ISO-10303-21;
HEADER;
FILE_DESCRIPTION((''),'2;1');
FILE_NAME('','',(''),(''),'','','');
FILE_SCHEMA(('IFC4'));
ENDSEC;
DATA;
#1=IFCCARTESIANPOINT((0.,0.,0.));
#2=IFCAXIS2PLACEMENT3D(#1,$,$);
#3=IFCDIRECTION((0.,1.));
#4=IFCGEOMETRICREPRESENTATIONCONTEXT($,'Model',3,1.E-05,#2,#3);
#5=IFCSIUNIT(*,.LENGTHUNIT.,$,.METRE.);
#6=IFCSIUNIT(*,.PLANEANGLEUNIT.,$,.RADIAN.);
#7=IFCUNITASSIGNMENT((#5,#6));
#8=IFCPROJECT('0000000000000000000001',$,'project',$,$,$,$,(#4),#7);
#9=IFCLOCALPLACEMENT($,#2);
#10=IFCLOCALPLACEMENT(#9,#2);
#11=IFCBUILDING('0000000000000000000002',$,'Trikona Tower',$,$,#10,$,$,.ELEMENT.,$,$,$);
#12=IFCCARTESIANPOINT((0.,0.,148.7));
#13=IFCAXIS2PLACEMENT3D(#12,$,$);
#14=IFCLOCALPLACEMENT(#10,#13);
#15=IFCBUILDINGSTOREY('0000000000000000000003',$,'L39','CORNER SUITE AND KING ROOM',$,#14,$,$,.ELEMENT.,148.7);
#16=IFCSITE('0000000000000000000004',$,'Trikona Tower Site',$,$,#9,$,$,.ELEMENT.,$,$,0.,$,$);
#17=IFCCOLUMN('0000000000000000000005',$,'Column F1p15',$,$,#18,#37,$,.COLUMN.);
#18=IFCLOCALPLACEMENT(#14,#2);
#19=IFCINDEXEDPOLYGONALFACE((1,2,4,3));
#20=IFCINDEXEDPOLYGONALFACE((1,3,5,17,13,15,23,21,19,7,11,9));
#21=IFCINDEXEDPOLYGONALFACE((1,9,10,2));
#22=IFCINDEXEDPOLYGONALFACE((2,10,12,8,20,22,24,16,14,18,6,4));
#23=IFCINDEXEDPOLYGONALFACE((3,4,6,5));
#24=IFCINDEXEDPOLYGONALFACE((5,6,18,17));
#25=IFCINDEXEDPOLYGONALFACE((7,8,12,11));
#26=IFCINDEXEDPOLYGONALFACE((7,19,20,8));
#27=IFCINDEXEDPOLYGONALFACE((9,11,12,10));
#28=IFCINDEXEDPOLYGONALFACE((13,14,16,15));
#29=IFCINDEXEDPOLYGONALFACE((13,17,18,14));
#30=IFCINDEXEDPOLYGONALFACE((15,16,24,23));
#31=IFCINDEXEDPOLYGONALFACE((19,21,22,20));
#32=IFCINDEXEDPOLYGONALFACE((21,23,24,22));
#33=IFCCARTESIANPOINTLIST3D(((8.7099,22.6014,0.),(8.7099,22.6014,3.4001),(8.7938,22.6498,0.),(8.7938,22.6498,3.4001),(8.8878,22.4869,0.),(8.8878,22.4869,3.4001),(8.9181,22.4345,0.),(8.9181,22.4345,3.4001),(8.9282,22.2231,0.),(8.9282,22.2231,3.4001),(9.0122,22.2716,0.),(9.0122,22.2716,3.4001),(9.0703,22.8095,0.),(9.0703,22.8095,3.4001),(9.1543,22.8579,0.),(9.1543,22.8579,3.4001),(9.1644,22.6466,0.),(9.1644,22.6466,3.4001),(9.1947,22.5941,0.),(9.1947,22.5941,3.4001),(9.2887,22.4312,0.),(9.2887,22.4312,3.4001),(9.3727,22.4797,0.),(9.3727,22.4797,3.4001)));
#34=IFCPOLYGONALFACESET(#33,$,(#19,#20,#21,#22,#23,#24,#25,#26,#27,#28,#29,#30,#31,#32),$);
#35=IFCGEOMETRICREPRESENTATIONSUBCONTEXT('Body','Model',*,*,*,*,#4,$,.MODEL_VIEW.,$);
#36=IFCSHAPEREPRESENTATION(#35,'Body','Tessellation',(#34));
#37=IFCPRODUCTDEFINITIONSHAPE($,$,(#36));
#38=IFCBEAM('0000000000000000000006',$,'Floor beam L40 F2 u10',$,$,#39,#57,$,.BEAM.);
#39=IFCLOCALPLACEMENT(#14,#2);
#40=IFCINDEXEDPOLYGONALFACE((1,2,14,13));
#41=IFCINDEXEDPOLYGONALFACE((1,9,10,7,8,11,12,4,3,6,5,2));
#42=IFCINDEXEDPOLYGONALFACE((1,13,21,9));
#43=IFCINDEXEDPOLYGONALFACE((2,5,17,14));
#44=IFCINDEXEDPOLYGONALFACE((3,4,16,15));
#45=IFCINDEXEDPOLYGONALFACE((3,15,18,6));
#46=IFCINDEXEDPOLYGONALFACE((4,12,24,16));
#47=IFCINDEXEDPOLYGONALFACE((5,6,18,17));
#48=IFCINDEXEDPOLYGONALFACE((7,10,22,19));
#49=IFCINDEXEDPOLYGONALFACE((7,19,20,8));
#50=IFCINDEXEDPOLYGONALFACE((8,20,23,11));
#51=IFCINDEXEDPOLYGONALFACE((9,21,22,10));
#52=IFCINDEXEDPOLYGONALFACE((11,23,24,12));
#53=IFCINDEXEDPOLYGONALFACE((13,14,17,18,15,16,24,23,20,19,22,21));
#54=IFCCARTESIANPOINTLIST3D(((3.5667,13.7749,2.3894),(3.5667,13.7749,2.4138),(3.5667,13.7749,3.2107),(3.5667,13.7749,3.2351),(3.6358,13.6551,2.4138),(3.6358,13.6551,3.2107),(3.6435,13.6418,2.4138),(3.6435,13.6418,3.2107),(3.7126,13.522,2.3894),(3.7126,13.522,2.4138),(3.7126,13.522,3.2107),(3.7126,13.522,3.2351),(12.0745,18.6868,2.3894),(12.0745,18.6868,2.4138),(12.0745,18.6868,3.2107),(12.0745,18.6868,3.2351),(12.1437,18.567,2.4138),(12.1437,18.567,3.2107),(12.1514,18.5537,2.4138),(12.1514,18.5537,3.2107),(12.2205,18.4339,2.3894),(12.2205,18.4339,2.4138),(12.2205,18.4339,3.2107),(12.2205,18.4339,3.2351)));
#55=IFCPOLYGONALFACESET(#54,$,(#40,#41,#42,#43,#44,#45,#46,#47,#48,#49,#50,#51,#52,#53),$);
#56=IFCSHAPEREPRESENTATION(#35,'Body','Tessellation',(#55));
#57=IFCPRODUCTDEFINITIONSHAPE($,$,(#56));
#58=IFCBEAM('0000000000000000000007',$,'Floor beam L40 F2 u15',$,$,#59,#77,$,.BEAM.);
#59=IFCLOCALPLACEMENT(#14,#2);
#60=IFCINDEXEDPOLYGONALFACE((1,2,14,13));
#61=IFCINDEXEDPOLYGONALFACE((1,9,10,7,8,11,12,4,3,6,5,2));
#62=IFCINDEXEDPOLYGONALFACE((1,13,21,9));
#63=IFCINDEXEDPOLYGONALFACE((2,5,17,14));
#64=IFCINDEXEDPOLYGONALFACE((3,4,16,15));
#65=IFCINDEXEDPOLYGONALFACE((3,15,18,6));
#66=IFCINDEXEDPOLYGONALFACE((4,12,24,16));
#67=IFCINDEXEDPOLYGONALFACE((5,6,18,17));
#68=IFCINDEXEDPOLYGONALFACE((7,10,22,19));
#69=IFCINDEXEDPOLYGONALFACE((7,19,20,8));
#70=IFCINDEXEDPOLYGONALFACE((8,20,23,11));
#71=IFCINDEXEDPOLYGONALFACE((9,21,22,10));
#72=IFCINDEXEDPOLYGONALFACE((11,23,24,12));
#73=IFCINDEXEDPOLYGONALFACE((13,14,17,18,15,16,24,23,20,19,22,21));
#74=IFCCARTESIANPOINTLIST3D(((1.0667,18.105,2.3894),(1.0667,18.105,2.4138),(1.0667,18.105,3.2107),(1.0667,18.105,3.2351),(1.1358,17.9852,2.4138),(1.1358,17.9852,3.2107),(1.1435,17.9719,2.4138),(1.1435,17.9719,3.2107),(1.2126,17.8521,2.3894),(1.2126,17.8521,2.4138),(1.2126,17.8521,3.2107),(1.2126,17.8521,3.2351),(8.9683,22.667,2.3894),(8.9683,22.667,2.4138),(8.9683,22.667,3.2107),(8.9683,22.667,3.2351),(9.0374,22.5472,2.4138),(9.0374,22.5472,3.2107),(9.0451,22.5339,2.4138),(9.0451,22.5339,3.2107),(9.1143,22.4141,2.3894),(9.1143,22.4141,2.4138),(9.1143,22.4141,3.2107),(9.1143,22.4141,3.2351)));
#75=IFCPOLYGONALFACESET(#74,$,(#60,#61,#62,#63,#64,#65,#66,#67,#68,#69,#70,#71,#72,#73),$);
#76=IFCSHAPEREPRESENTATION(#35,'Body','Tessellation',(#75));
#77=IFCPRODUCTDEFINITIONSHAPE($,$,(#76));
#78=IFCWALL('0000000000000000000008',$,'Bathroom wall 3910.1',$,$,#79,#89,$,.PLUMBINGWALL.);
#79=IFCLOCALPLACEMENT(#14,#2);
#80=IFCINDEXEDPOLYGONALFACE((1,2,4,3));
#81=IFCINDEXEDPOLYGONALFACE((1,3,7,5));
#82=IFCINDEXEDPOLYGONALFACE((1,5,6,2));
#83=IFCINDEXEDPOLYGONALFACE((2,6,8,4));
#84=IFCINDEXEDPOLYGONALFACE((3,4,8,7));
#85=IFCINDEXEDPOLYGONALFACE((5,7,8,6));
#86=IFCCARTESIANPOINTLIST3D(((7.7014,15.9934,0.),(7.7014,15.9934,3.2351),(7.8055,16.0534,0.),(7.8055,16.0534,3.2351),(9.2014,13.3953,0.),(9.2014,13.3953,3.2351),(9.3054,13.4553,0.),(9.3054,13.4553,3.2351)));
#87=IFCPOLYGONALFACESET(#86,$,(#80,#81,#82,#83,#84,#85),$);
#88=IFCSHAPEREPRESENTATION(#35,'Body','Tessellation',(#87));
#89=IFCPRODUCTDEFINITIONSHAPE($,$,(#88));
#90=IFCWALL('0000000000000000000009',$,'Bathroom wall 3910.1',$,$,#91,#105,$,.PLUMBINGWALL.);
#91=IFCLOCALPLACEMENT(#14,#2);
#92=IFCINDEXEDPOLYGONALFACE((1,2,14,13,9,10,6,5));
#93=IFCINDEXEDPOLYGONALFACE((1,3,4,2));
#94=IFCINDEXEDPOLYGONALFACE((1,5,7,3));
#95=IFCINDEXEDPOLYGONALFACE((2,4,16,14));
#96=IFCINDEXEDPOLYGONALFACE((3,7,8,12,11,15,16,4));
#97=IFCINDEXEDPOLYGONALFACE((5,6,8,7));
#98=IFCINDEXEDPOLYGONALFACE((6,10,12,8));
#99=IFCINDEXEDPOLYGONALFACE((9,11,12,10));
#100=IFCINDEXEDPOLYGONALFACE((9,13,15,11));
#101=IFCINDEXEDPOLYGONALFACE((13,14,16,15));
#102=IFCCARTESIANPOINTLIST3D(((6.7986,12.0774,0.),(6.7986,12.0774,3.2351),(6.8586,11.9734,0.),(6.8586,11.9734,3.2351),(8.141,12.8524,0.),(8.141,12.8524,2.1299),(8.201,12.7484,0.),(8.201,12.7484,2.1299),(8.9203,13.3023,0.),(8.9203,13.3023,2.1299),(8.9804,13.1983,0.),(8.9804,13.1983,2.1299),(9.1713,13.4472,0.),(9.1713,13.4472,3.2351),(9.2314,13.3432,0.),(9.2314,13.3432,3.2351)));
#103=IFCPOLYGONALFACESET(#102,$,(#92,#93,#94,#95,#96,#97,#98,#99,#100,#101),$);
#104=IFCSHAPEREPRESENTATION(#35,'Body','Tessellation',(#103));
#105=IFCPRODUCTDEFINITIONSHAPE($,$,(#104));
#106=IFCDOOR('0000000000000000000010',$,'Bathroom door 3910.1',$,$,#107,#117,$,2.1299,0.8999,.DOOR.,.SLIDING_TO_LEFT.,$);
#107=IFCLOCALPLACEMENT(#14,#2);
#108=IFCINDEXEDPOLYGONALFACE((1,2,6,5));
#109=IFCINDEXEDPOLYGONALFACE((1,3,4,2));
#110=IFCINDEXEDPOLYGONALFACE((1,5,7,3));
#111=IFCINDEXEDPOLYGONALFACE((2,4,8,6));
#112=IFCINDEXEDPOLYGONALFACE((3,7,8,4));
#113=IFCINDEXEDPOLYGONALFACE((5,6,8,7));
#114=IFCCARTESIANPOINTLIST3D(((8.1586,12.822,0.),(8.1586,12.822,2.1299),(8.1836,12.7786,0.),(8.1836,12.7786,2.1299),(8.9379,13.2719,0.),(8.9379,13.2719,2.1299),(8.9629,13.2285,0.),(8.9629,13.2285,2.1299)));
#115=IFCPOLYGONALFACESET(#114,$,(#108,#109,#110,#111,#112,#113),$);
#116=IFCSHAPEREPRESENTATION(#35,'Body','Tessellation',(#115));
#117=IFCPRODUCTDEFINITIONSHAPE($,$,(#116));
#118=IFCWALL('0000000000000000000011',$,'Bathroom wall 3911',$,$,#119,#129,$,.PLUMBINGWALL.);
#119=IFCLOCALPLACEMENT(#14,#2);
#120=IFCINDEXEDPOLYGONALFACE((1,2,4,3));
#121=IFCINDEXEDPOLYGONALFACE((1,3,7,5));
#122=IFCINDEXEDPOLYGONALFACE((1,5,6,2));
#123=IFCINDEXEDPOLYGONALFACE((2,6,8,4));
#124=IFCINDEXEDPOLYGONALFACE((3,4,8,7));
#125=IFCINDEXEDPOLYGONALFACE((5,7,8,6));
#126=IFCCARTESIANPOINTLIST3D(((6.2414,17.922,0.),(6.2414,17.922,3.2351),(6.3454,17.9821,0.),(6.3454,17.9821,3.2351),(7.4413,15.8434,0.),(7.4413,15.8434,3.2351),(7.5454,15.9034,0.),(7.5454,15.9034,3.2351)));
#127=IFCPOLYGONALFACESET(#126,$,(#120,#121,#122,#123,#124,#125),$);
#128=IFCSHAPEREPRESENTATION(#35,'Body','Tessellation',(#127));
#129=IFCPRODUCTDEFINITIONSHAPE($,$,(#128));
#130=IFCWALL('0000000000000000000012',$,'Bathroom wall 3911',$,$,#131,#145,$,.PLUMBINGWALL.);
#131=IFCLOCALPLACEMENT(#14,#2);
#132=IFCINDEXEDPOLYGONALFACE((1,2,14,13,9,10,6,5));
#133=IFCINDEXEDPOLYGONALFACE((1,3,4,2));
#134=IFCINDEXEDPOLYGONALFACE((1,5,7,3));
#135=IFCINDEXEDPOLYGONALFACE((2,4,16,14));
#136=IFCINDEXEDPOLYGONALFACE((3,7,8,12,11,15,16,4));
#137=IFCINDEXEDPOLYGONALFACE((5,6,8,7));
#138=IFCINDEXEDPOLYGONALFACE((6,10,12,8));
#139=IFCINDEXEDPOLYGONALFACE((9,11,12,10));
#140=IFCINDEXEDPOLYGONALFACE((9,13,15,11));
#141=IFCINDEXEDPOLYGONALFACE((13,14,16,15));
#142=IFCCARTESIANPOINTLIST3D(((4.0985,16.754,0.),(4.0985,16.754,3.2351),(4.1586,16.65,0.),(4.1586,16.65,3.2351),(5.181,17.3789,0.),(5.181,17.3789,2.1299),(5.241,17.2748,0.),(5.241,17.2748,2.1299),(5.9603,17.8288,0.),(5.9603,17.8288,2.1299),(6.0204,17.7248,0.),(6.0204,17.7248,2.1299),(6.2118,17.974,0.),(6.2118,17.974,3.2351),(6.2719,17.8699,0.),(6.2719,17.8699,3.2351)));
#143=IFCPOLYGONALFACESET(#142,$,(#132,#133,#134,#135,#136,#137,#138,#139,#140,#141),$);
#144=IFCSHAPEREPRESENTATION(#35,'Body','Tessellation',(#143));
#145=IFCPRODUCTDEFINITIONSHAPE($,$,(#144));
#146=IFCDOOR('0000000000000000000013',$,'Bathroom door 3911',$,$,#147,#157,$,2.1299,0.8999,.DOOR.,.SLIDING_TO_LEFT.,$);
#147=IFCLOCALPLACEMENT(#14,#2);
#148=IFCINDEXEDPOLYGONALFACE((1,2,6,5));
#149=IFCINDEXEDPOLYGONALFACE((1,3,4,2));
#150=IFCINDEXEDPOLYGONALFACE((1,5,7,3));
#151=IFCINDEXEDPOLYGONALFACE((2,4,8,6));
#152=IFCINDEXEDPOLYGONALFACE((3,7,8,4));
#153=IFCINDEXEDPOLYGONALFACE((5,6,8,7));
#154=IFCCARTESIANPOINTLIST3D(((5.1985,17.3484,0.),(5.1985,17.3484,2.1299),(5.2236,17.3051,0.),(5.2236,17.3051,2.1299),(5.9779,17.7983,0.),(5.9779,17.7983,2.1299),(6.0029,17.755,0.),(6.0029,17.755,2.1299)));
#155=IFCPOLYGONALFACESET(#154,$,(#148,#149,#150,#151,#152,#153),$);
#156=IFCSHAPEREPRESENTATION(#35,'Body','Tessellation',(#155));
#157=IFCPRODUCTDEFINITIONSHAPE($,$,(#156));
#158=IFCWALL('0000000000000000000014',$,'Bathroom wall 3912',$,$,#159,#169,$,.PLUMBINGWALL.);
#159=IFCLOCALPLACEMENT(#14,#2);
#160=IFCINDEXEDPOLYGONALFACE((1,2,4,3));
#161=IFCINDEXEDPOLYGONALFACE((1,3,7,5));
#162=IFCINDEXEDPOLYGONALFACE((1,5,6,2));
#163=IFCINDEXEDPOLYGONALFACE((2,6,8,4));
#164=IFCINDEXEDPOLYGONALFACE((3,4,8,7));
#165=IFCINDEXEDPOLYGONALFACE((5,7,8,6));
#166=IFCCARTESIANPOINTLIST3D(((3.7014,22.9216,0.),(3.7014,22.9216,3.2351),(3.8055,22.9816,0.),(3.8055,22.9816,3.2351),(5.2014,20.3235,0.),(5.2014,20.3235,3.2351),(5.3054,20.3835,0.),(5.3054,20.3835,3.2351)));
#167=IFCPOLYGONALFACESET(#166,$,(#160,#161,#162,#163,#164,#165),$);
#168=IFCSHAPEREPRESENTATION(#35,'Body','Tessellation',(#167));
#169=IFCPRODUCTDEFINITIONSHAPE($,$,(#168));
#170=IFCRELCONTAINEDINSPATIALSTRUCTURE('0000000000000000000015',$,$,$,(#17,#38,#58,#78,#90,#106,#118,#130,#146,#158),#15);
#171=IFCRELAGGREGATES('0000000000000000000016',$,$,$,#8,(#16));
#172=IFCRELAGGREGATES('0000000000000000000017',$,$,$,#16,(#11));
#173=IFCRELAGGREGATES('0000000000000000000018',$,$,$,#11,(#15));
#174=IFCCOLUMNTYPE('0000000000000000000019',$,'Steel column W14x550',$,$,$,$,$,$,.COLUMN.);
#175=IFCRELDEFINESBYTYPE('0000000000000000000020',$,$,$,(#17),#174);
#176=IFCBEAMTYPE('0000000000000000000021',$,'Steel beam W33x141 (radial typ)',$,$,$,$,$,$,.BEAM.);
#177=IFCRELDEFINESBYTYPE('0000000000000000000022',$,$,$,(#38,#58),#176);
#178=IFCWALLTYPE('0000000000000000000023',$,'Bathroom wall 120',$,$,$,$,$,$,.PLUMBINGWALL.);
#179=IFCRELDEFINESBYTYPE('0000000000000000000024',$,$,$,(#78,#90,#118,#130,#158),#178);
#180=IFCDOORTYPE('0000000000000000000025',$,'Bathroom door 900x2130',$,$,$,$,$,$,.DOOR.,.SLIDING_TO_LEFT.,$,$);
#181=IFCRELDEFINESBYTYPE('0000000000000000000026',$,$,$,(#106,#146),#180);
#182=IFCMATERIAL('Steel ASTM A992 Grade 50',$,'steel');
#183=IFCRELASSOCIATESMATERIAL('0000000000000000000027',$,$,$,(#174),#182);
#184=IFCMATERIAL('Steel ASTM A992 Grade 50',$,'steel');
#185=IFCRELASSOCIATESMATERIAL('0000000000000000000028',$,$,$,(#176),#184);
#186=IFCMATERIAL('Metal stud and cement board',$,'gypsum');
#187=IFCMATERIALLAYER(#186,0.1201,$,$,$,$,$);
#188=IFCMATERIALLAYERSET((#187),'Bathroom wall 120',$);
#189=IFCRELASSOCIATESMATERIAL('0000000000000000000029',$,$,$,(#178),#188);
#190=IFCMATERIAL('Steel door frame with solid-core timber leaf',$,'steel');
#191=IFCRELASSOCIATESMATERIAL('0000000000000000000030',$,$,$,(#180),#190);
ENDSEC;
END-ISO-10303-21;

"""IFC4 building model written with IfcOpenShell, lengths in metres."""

from ifc_helpers import new_model, si_unit, direction, frame, frame_2d, origin, origin_2d, place, context, subcontext, project, spatial, rectangle, i_section, extrude, material, layer, layer_set, material_profile, profile_set, type_object, element, fill, save


model = new_model("IFC4")

# Units and contexts
model_context = context("Model", 3, precision=1e-05, world=origin(), true_north=direction((0.0, 1.0)))
body_context = subcontext(model_context, "Body", "Model", "MODEL_VIEW")
ifc_project = project(units=[si_unit("LENGTHUNIT", "METRE"), si_unit("PLANEANGLEUNIT", "RADIAN")], contexts=[model_context])

# Site, building, storey
site_placement = place(None, origin())
site = spatial("IfcSite", under=ifc_project, at=site_placement, Name="Trikona Tower Site", CompositionType="ELEMENT", RefElevation=0.0)
building_placement = place(site_placement, origin())
building = spatial("IfcBuilding", under=site, at=building_placement, Name="Trikona Tower", CompositionType="ELEMENT")
storey_placement = place(building_placement, frame((0.0, 0.0, 148.7)))
storey = spatial("IfcBuildingStorey", under=building, at=storey_placement, Name="L39", Description="CORNER SUITE AND KING ROOM", CompositionType="ELEMENT", Elevation=148.7)

# Column
ifc_material_1 = material(Name="Steel ASTM A992 Grade 50", Category="steel")
ifc_material_profile_1 = material_profile(ifc_material_1, i_section(OverallWidth=0.4368, OverallDepth=0.5132, WebThickness=0.0605, FlangeThickness=0.0969, at=origin_2d()), Name="W14X550")
ifc_profile_set_1 = profile_set([ifc_material_profile_1], Name="Steel ASTM A992 Grade 50")
column_type = type_object("IfcColumnType", Name="Steel column W14x550", PredefinedType="COLUMN", material=ifc_profile_set_1)
column_placement = place(storey_placement, frame((9.0413, 22.5405, 0.0), z_axis=(0.0, 0.0, 1.0), x_axis=(-0.5, 0.866025, 0.0)))
element("IfcColumn", 1, at=column_placement, inside=storey, type_object=column_type, Name="Column F1p15", PredefinedType="COLUMN", context=body_context, shape_type="SweptSolid", body=[
    extrude(i_section(OverallWidth=0.4368, OverallDepth=0.5132, WebThickness=0.0605, FlangeThickness=0.0969, at=origin_2d()), origin(), (0.0, 0.0, 1.0), 3.4001),
])

# Beams
ifc_material_2 = material(Name="Steel ASTM A992 Grade 50", Category="steel")
ifc_material_profile_2 = material_profile(ifc_material_2, i_section(OverallWidth=0.292, OverallDepth=0.8457, WebThickness=0.0154, FlangeThickness=0.0244, at=origin_2d()), Name="W33X141")
ifc_profile_set_2 = profile_set([ifc_material_profile_2], Name="Steel ASTM A992 Grade 50")
beam_type = type_object("IfcBeamType", Name="Steel beam W33x141 (radial typ)", PredefinedType="BEAM", material=ifc_profile_set_2)
beam_1_placement = place(storey_placement, frame((3.6396, 13.6484, 2.8123), z_axis=(0.866031, 0.499991, 0.0), x_axis=(-0.499991, 0.866031, 0.0)))
element("IfcBeam", 2, at=beam_1_placement, inside=storey, type_object=beam_type, Name="Floor beam L40 F2 u10", PredefinedType="BEAM", context=body_context, shape_type="SweptSolid", body=[
    extrude(i_section(OverallWidth=0.292, OverallDepth=0.8457, WebThickness=0.0154, FlangeThickness=0.0244, at=origin_2d()), origin(), (0.0, 0.0, 1.0), 9.824),
])
beam_2_placement = place(storey_placement, frame((1.1396, 17.9785, 2.8123), z_axis=(0.866025, 0.500001, 0.0), x_axis=(-0.500001, 0.866025, 0.0)))
element("IfcBeam", 3, at=beam_2_placement, inside=storey, type_object=beam_type, Name="Floor beam L40 F2 u15", PredefinedType="BEAM", context=body_context, shape_type="SweptSolid", body=[
    extrude(i_section(OverallWidth=0.292, OverallDepth=0.8457, WebThickness=0.0154, FlangeThickness=0.0244, at=origin_2d()), origin(), (0.0, 0.0, 1.0), 9.124),
])

# Wall
ifc_material_3 = material(Name="Metal stud and cement board", Category="gypsum")
ifc_layer_1 = layer(ifc_material_3, 0.1201)
ifc_layer_set_1 = layer_set([ifc_layer_1], Name="Bathroom wall 120")
wall_type_1 = type_object("IfcWallType", Name="Bathroom wall 120", PredefinedType="PLUMBINGWALL", material=ifc_layer_set_1)
wall_1_placement = place(storey_placement, frame((9.2534, 13.4253, 0.0), z_axis=(0.0, 0.0, 1.0), x_axis=(-0.49999, 0.866031, 0.0)))
element("IfcWall", 4, at=wall_1_placement, inside=storey, type_object=wall_type_1, Name="Bathroom wall 3910.1", PredefinedType="PLUMBINGWALL", context=body_context, shape_type="SweptSolid", body=[
    extrude(rectangle(XDim=3.0, YDim=0.1201, at=frame_2d((1.5, 0.0))), origin(), (0.0, 0.0, 1.0), 3.2351),
])

# Wall, opening, door
wall_2_placement = place(storey_placement, frame((6.8286, 12.0254, 0.0), z_axis=(0.0, 0.0, 1.0), x_axis=(0.866036, 0.499982, 0.0)))
wall_2 = element("IfcWall", 5, at=wall_2_placement, inside=storey, type_object=wall_type_1, Name="Bathroom wall 3910.1", PredefinedType="PLUMBINGWALL", context=body_context, shape_type="SweptSolid", body=[
    extrude(rectangle(XDim=2.7397, YDim=0.1201, at=frame_2d((1.3699, 0.0))), origin(), (0.0, 0.0, 1.0), 3.2351),
])
opening_1_placement = place(wall_2_placement, frame((1.55, 0.0, 0.0)))
opening_1 = element("IfcOpeningElement", 6, at=opening_1_placement, cuts=wall_2, PredefinedType="OPENING", context=body_context, shape_type="SweptSolid", body=[
    extrude(rectangle(XDim=0.8999, YDim=2.1299, at=frame_2d((0.45, 1.0649))), frame((0.0, 0.0701, 0.0), z_axis=(0.0, -1.0, 0.0), x_axis=(1.0, 0.0, 0.0)), (0.0, 0.0, 1.0), 0.1401),
])
ifc_material_4 = material(Name="Steel door frame with solid-core timber leaf", Category="steel")
door_type_1 = type_object("IfcDoorType", Name="Bathroom door 900x2130", OperationType="SLIDING_TO_LEFT", PredefinedType="DOOR", material=ifc_material_4)
door_1_placement = place(opening_1_placement, origin())
door_1 = element("IfcDoor", 7, at=door_1_placement, inside=storey, type_object=door_type_1, Name="Bathroom door 3910.1", OperationType="SLIDING_TO_LEFT", OverallHeight=2.1299, OverallWidth=0.8999, PredefinedType="DOOR", context=body_context, shape_type="SweptSolid", body=[
    extrude(rectangle(XDim=0.8999, YDim=2.1299, at=frame_2d((0.45, 1.0649))), frame((0.0, 0.0249, 0.0), z_axis=(0.0, -1.0, 0.0), x_axis=(1.0, 0.0, 0.0)), (0.0, 0.0, 1.0), 0.05),
])
fill(opening_1, door_1)

# Wall
wall_3_placement = place(storey_placement, frame((7.4934, 15.8733, 0.0), z_axis=(0.0, 0.0, 1.0), x_axis=(-0.499957, 0.86605, 0.0)))
element("IfcWall", 8, at=wall_3_placement, inside=storey, type_object=wall_type_1, Name="Bathroom wall 3911", PredefinedType="PLUMBINGWALL", context=body_context, shape_type="SweptSolid", body=[
    extrude(rectangle(XDim=2.4001, YDim=0.1201, at=frame_2d((1.2002, 0.0))), origin(), (0.0, 0.0, 1.0), 3.2351),
])

# Wall, opening, door
wall_4_placement = place(storey_placement, frame((4.1284, 16.7019, 0.0), z_axis=(0.0, 0.0, 1.0), x_axis=(0.866049, 0.499959, 0.0)))
wall_4 = element("IfcWall", 9, at=wall_4_placement, inside=storey, type_object=wall_type_1, Name="Bathroom wall 3911", PredefinedType="PLUMBINGWALL", context=body_context, shape_type="SweptSolid", body=[
    extrude(rectangle(XDim=2.4402, YDim=0.1201, at=frame_2d((1.2202, 0.0))), origin(), (0.0, 0.0, 1.0), 3.2351),
])
opening_2_placement = place(wall_4_placement, frame((1.25, 0.0, 0.0)))
opening_2 = element("IfcOpeningElement", 10, at=opening_2_placement, cuts=wall_4, PredefinedType="OPENING", context=body_context, shape_type="SweptSolid", body=[
    extrude(rectangle(XDim=0.8999, YDim=2.1299, at=frame_2d((0.45, 1.0649))), frame((0.0, 0.0701, 0.0), z_axis=(0.0, -1.0, 0.0), x_axis=(1.0, 0.0, 0.0)), (0.0, 0.0, 1.0), 0.1401),
])
door_2_placement = place(opening_2_placement, origin())
door_2 = element("IfcDoor", 11, at=door_2_placement, inside=storey, type_object=door_type_1, Name="Bathroom door 3911", OperationType="SLIDING_TO_LEFT", OverallHeight=2.1299, OverallWidth=0.8999, PredefinedType="DOOR", context=body_context, shape_type="SweptSolid", body=[
    extrude(rectangle(XDim=0.8999, YDim=2.1299, at=frame_2d((0.45, 1.0649))), frame((0.0, 0.0249, 0.0), z_axis=(0.0, -1.0, 0.0), x_axis=(1.0, 0.0, 0.0)), (0.0, 0.0, 1.0), 0.05),
])
fill(opening_2, door_2)

# Wall
wall_5_placement = place(storey_placement, frame((5.2534, 20.3535, 0.0), z_axis=(0.0, 0.0, 1.0), x_axis=(-0.49999, 0.866031, 0.0)))
element("IfcWall", 12, at=wall_5_placement, inside=storey, type_object=wall_type_1, Name="Bathroom wall 3912", PredefinedType="PLUMBINGWALL", context=body_context, shape_type="SweptSolid", body=[
    extrude(rectangle(XDim=3.0, YDim=0.1201, at=frame_2d((1.5, 0.0))), origin(), (0.0, 0.0, 1.0), 3.2351),
])

save(model, "model.ifc")
